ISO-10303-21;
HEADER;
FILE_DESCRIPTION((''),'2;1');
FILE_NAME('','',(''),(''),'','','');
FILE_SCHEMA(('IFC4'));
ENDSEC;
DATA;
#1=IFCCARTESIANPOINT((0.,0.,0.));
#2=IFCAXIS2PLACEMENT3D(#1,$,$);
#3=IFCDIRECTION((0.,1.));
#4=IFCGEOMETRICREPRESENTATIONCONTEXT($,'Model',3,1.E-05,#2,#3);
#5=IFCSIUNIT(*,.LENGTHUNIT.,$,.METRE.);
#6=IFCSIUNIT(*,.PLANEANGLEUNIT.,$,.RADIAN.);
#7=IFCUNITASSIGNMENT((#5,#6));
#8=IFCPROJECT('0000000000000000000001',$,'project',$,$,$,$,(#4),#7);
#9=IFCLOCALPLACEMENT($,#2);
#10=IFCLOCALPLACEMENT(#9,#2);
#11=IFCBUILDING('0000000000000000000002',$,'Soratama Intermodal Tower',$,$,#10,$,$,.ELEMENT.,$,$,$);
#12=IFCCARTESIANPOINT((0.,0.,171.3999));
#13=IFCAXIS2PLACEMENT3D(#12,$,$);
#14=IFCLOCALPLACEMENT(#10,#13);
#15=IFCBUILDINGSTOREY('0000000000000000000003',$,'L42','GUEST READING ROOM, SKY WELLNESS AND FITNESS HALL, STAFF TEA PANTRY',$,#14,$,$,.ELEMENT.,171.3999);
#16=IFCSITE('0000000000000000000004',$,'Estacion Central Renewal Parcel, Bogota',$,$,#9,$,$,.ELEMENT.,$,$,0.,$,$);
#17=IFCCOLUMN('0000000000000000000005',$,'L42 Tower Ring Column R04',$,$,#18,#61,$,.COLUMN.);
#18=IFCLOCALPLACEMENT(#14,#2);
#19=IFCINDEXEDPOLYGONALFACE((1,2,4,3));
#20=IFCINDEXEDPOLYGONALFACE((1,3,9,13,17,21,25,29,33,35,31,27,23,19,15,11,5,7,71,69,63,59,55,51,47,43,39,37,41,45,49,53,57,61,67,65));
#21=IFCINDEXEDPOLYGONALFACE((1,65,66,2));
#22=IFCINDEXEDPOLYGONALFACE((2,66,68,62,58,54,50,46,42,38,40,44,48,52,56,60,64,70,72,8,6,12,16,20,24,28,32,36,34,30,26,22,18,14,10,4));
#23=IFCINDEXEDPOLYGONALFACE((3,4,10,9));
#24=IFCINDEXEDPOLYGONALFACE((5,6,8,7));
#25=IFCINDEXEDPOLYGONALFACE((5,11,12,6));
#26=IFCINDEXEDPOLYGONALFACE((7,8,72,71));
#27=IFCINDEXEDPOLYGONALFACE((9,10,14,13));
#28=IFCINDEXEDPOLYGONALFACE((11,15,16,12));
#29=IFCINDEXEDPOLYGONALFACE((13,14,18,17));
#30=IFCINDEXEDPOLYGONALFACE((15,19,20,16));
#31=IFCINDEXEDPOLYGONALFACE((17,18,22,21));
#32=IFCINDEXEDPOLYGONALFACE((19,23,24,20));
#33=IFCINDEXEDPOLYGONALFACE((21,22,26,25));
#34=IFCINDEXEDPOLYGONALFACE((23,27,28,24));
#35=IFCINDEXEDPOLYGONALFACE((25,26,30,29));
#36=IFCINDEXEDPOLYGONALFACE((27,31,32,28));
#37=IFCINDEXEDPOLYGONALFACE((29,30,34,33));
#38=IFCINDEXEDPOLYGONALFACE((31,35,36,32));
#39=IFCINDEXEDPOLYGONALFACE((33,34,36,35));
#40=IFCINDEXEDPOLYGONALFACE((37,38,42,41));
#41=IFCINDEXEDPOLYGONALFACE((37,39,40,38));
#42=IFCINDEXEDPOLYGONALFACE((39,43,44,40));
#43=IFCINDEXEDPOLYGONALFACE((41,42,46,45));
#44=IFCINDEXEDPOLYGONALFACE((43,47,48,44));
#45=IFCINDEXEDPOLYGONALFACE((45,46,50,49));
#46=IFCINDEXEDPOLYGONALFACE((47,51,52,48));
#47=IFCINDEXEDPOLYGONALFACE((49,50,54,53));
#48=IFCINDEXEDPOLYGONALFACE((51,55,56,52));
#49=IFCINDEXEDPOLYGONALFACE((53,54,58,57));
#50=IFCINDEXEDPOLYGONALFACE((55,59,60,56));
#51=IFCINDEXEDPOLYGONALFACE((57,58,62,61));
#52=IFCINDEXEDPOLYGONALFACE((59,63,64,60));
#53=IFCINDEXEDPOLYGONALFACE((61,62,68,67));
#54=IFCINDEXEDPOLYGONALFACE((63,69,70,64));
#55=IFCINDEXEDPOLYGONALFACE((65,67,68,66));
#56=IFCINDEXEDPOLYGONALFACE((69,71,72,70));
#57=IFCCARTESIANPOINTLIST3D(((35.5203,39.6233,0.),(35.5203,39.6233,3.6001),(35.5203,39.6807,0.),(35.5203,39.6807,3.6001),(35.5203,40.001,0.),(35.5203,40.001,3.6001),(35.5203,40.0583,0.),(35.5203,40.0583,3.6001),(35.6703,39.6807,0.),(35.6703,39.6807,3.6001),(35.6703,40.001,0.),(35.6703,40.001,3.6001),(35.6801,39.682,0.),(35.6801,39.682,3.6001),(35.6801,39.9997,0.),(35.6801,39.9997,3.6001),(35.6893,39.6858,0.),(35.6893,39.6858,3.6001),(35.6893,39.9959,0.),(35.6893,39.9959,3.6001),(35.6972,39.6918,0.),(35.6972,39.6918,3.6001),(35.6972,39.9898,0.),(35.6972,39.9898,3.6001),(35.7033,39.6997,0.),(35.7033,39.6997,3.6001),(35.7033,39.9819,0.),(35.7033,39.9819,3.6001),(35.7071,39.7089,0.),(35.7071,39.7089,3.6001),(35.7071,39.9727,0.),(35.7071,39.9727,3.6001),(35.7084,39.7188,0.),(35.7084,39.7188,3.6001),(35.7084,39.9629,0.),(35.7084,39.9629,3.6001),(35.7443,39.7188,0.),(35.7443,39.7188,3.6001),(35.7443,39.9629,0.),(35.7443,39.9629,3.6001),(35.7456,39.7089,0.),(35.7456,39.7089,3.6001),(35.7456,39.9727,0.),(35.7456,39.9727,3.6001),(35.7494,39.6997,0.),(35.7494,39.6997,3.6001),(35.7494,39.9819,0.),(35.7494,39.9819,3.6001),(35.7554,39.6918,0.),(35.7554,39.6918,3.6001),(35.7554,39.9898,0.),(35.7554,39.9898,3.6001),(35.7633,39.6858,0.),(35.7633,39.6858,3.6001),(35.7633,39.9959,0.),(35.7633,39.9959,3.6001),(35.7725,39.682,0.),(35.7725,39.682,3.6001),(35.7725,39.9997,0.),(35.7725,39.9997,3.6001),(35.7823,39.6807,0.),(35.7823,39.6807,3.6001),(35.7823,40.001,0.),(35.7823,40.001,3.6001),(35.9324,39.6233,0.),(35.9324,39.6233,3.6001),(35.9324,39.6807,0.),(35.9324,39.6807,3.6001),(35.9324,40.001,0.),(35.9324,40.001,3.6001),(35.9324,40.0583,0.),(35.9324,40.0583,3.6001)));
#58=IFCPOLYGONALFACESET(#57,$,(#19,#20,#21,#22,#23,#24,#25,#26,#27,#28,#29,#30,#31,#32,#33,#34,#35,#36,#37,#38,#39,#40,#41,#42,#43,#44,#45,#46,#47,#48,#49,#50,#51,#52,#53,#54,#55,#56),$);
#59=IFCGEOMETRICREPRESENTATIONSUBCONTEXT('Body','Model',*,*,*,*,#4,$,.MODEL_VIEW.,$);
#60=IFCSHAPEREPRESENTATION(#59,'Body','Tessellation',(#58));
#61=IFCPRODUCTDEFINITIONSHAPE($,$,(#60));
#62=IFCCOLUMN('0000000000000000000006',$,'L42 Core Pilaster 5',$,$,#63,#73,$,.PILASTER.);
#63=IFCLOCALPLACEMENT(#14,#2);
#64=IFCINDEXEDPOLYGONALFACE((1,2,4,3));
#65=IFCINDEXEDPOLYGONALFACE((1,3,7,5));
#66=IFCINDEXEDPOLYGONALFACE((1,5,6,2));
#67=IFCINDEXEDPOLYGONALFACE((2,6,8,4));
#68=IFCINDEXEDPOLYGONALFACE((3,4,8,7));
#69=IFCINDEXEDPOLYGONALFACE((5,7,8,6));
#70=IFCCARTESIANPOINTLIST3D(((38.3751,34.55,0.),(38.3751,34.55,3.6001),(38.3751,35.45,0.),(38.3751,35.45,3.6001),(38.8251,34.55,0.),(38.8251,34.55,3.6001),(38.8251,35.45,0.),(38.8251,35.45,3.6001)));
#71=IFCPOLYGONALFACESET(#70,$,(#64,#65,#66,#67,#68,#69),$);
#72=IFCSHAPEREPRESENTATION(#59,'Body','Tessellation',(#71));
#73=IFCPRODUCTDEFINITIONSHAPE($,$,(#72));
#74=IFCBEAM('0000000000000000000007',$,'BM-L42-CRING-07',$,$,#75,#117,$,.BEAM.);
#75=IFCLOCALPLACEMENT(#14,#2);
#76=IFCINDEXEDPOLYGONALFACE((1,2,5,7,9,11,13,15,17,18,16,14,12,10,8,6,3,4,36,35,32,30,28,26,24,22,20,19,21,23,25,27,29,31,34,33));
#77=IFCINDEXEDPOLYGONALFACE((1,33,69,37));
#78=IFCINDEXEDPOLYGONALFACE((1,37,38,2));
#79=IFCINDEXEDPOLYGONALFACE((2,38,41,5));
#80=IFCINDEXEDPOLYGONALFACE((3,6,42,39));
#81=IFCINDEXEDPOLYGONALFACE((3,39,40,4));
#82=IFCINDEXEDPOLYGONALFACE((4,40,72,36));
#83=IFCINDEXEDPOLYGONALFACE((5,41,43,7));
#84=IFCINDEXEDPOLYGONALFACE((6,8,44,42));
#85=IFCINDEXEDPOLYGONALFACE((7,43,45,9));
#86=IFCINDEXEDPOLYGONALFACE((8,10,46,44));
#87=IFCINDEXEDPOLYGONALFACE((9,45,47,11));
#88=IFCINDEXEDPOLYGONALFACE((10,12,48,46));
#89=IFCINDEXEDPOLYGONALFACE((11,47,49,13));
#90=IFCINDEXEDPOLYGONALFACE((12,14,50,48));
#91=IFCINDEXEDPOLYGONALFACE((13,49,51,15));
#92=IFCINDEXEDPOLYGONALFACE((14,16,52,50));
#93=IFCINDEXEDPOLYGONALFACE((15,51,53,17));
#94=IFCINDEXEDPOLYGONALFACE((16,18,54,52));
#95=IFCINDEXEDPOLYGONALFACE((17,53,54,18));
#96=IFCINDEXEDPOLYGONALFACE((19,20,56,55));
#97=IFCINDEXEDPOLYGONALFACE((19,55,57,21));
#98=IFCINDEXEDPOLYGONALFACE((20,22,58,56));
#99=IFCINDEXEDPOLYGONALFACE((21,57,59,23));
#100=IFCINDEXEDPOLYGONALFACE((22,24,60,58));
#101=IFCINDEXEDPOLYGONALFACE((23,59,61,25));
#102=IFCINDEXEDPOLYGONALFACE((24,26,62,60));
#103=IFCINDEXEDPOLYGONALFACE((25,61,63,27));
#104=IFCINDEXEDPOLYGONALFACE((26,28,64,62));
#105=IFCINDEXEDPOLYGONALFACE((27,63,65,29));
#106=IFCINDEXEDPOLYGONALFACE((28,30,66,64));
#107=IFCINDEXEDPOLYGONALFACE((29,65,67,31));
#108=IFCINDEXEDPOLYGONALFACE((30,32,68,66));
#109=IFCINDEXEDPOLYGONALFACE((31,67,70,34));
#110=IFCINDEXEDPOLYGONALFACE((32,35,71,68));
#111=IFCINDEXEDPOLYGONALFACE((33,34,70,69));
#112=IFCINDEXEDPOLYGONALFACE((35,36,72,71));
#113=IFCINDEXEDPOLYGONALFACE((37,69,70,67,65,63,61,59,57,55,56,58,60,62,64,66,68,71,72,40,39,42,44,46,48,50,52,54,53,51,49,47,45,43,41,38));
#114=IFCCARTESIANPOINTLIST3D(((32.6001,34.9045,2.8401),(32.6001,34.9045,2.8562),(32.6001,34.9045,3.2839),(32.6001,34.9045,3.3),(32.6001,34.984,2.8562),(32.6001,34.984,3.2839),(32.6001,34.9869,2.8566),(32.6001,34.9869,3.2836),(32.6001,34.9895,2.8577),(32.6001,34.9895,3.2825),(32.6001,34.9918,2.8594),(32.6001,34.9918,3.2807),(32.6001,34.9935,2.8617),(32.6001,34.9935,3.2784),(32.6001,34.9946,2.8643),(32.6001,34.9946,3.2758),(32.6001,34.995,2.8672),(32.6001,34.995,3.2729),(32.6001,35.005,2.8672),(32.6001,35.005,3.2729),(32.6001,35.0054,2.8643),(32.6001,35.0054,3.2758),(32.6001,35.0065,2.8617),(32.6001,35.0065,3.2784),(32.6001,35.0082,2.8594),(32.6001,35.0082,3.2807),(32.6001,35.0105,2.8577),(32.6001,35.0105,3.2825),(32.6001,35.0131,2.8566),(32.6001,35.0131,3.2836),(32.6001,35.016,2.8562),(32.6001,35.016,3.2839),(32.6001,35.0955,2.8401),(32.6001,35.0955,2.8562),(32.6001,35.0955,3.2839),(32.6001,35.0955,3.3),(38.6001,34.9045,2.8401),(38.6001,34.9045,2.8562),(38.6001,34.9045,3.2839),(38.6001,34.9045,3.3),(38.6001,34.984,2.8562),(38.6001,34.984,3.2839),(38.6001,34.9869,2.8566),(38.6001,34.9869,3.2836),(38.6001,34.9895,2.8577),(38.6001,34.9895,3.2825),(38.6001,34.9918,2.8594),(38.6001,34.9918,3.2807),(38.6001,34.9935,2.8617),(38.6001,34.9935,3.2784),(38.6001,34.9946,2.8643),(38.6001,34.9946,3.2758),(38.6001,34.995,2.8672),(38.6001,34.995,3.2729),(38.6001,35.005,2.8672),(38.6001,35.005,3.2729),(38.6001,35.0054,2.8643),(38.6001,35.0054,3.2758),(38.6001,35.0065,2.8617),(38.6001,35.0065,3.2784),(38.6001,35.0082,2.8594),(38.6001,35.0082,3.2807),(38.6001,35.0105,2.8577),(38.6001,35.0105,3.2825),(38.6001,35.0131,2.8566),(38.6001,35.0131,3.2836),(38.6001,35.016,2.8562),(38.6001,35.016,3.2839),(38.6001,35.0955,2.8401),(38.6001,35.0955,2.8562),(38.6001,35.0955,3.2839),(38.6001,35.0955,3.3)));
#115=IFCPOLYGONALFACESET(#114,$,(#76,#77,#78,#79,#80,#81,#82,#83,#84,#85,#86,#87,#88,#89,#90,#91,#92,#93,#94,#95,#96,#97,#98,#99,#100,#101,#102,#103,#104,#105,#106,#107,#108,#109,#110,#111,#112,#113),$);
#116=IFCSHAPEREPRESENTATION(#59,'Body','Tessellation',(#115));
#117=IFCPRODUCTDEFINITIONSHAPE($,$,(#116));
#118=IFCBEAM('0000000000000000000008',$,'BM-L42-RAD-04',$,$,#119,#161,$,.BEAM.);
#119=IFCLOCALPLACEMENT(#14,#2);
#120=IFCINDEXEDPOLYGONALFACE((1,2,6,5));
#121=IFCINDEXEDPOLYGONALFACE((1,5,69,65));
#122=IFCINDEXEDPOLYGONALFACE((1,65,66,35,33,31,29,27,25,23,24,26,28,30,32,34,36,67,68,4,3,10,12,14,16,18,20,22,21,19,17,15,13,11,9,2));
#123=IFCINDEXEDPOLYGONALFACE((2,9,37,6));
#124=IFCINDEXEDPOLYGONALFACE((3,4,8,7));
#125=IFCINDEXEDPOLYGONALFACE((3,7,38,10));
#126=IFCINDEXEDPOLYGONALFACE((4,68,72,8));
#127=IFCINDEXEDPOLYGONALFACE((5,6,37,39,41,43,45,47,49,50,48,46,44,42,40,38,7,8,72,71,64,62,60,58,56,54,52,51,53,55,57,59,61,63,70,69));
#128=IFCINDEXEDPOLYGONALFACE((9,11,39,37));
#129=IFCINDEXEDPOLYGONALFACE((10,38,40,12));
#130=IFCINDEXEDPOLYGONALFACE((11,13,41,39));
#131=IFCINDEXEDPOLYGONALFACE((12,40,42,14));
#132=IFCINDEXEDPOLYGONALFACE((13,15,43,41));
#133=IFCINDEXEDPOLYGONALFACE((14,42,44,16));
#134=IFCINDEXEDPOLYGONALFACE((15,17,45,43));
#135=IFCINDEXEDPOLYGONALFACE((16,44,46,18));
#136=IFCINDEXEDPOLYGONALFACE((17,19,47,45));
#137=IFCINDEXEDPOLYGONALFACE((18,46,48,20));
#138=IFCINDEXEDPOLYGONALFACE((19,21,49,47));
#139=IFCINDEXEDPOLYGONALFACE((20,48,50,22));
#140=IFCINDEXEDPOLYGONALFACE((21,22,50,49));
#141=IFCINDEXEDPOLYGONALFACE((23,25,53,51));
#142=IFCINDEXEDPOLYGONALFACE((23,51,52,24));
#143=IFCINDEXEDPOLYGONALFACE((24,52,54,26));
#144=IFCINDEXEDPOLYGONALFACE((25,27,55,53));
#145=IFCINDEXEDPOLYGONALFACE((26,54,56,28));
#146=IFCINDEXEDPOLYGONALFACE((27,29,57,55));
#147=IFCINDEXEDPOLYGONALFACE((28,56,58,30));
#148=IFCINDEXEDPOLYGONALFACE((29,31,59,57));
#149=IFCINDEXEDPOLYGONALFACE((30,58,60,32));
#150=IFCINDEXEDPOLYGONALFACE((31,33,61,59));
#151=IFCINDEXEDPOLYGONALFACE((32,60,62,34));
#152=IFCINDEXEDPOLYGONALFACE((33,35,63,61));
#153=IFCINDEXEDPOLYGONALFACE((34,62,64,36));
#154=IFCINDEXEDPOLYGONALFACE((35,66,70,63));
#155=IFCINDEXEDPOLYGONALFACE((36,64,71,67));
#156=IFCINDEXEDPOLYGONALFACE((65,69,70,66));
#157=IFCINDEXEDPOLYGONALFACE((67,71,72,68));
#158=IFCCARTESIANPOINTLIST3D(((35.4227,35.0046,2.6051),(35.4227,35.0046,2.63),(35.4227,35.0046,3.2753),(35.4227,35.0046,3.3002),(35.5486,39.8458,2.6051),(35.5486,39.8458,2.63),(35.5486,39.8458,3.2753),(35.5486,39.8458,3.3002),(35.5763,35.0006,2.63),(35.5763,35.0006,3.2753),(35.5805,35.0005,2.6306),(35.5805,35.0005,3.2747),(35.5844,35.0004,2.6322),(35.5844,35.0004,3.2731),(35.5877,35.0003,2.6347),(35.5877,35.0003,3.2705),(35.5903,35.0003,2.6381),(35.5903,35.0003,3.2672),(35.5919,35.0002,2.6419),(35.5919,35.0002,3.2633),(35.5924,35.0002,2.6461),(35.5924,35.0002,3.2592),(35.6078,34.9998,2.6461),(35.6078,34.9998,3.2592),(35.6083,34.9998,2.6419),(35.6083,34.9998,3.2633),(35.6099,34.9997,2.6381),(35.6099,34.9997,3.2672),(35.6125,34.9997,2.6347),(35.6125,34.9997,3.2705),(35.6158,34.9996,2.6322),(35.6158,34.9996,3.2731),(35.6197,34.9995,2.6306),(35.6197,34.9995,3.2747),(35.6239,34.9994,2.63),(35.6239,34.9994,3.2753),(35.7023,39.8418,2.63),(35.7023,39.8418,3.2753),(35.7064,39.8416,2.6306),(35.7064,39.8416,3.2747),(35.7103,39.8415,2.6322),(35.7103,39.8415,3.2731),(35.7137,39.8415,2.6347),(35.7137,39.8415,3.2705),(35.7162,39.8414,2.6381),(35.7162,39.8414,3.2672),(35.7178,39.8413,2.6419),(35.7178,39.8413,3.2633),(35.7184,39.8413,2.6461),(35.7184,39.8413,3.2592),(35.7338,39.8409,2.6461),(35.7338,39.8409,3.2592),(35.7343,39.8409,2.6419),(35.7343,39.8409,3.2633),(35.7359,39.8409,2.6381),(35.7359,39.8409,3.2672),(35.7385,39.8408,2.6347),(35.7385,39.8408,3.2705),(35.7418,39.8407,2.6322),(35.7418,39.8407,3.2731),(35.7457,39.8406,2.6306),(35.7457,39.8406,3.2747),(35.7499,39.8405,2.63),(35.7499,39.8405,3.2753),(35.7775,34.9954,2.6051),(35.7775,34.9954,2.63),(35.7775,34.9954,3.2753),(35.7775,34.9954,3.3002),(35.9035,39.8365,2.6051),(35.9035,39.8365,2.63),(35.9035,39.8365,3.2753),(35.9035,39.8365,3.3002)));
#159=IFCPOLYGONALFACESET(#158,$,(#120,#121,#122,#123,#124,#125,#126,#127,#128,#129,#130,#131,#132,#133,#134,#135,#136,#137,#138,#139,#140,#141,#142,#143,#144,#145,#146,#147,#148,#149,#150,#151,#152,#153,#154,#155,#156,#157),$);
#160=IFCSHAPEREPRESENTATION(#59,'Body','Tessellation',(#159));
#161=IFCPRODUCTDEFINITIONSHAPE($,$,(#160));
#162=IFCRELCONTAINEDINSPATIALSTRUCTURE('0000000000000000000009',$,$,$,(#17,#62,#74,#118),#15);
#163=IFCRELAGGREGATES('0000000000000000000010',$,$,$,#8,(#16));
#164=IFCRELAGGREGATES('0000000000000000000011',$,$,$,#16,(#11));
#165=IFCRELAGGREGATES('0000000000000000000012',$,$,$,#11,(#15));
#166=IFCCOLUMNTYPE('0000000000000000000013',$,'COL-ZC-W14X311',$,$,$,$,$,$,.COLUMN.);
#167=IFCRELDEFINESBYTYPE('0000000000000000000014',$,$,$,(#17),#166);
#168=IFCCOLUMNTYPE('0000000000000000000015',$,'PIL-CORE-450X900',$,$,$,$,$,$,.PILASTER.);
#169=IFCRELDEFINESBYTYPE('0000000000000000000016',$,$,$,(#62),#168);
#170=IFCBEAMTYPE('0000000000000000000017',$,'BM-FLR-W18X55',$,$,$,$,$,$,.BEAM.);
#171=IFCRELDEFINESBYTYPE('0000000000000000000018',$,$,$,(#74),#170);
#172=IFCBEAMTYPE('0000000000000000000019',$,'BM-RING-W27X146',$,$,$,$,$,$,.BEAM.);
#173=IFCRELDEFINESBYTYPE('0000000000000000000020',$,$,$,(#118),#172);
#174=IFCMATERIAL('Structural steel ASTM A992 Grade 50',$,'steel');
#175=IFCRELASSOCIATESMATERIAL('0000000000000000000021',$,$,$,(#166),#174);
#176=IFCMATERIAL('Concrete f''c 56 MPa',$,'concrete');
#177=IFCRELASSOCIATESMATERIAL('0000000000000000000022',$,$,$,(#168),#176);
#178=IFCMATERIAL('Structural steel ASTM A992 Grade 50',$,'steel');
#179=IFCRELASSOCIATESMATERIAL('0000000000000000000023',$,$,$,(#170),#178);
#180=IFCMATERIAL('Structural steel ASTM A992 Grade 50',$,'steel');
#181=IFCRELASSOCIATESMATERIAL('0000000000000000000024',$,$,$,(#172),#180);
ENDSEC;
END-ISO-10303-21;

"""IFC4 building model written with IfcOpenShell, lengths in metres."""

from ifc_helpers import new_model, si_unit, direction, frame, origin, origin_2d, place, context, subcontext, project, spatial, rectangle, i_section, extrude, material, material_profile, profile_set, type_object, element, save


model = new_model("IFC4")

# Units and contexts
model_context = context("Model", 3, precision=1e-05, world=origin(), true_north=direction((0.0, 1.0)))
body_context = subcontext(model_context, "Body", "Model", "MODEL_VIEW")
ifc_project = project(units=[si_unit("LENGTHUNIT", "METRE"), si_unit("PLANEANGLEUNIT", "RADIAN")], contexts=[model_context])

# Site, building, storey
site_placement = place(None, origin())
site = spatial("IfcSite", under=ifc_project, at=site_placement, Name="Estacion Central Renewal Parcel, Bogota", CompositionType="ELEMENT", RefElevation=0.0)
building_placement = place(site_placement, origin())
building = spatial("IfcBuilding", under=site, at=building_placement, Name="Soratama Intermodal Tower", CompositionType="ELEMENT")
storey_placement = place(building_placement, frame((0.0, 0.0, 171.3999)))
storey = spatial("IfcBuildingStorey", under=building, at=storey_placement, Name="L42", Description="GUEST READING ROOM, SKY WELLNESS AND FITNESS HALL, STAFF TEA PANTRY", CompositionType="ELEMENT", Elevation=171.3999)

# Columns
ifc_material_1 = material(Name="Structural steel ASTM A992 Grade 50", Category="steel")
ifc_material_profile_1 = material_profile(ifc_material_1, i_section(OverallWidth=0.4121, OverallDepth=0.4351, WebThickness=0.0359, FlangeThickness=0.0574, FilletRadius=0.0381, at=origin_2d()), Name="W14X311")
ifc_profile_set_1 = profile_set([ifc_material_profile_1], Name="Structural steel ASTM A992 Grade 50")
column_type_1 = type_object("IfcColumnType", Name="COL-ZC-W14X311", PredefinedType="COLUMN", material=ifc_profile_set_1)
column_1_placement = place(storey_placement, frame((35.7263, 39.8408, 0.0), z_axis=(0.0, 0.0, 1.0), x_axis=(1.0, 0.0, 0.0)))
element("IfcColumn", 1, at=column_1_placement, inside=storey, type_object=column_type_1, Name="L42 Tower Ring Column R04", PredefinedType="COLUMN", context=body_context, shape_type="SweptSolid", body=[
    extrude(i_section(OverallWidth=0.4121, OverallDepth=0.4351, WebThickness=0.0359, FlangeThickness=0.0574, FilletRadius=0.0381, at=origin_2d()), origin(), (0.0, 0.0, 1.0), 3.6001),
])
ifc_material_2 = material(Name="Concrete f'c 56 MPa", Category="concrete")
ifc_material_profile_2 = material_profile(ifc_material_2, rectangle(XDim=0.45, YDim=0.8999, at=origin_2d()), Name="RC450X900")
ifc_profile_set_2 = profile_set([ifc_material_profile_2], Name="Concrete f'c 56 MPa")
column_type_2 = type_object("IfcColumnType", Name="PIL-CORE-450X900", PredefinedType="PILASTER", material=ifc_profile_set_2)
column_2_placement = place(storey_placement, frame((38.6001, 35.0, 0.0), z_axis=(0.0, 0.0, 1.0), x_axis=(1.0, 0.0, 0.0)))
element("IfcColumn", 2, at=column_2_placement, inside=storey, type_object=column_type_2, Name="L42 Core Pilaster 5", PredefinedType="PILASTER", context=body_context, shape_type="SweptSolid", body=[
    extrude(rectangle(XDim=0.45, YDim=0.8999, at=origin_2d()), origin(), (0.0, 0.0, 1.0), 3.6001),
])

# Beams
ifc_material_3 = material(Name="Structural steel ASTM A992 Grade 50", Category="steel")
ifc_material_profile_3 = material_profile(ifc_material_3, i_section(OverallWidth=0.1909, OverallDepth=0.46, WebThickness=0.01, FlangeThickness=0.0161, FilletRadius=0.011, at=origin_2d()), Name="W18X55")
ifc_profile_set_3 = profile_set([ifc_material_profile_3], Name="Structural steel ASTM A992 Grade 50")
beam_type_1 = type_object("IfcBeamType", Name="BM-FLR-W18X55", PredefinedType="BEAM", material=ifc_profile_set_3)
beam_1_placement = place(storey_placement, frame((38.6001, 35.0, 3.0701), z_axis=(-1.0, 0.0, 0.0), x_axis=(0.0, -1.0, 0.0)))
element("IfcBeam", 3, at=beam_1_placement, inside=storey, type_object=beam_type_1, Name="BM-L42-CRING-07", PredefinedType="BEAM", context=body_context, shape_type="SweptSolid", body=[
    extrude(i_section(OverallWidth=0.1909, OverallDepth=0.46, WebThickness=0.01, FlangeThickness=0.0161, FilletRadius=0.011, at=origin_2d()), origin(), (0.0, 0.0, 1.0), 6.0),
])
ifc_material_4 = material(Name="Structural steel ASTM A992 Grade 50", Category="steel")
ifc_material_profile_4 = material_profile(ifc_material_4, i_section(OverallWidth=0.355, OverallDepth=0.6951, WebThickness=0.0154, FlangeThickness=0.0249, FilletRadius=0.0161, at=origin_2d()), Name="W27X146")
ifc_profile_set_4 = profile_set([ifc_material_profile_4], Name="Structural steel ASTM A992 Grade 50")
beam_type_2 = type_object("IfcBeamType", Name="BM-RING-W27X146", PredefinedType="BEAM", material=ifc_profile_set_4)
beam_2_placement = place(storey_placement, frame((35.6001, 35.0, 2.9526), z_axis=(0.026014, 0.999662, 0.0), x_axis=(-0.999662, 0.026014, 0.0)))
element("IfcBeam", 4, at=beam_2_placement, inside=storey, type_object=beam_type_2, Name="BM-L42-RAD-04", PredefinedType="BEAM", context=body_context, shape_type="SweptSolid", body=[
    extrude(i_section(OverallWidth=0.355, OverallDepth=0.6951, WebThickness=0.0154, FlangeThickness=0.0249, FilletRadius=0.0161, at=origin_2d()), origin(), (0.0, 0.0, 1.0), 4.8428),
])

save(model, "model.ifc")
